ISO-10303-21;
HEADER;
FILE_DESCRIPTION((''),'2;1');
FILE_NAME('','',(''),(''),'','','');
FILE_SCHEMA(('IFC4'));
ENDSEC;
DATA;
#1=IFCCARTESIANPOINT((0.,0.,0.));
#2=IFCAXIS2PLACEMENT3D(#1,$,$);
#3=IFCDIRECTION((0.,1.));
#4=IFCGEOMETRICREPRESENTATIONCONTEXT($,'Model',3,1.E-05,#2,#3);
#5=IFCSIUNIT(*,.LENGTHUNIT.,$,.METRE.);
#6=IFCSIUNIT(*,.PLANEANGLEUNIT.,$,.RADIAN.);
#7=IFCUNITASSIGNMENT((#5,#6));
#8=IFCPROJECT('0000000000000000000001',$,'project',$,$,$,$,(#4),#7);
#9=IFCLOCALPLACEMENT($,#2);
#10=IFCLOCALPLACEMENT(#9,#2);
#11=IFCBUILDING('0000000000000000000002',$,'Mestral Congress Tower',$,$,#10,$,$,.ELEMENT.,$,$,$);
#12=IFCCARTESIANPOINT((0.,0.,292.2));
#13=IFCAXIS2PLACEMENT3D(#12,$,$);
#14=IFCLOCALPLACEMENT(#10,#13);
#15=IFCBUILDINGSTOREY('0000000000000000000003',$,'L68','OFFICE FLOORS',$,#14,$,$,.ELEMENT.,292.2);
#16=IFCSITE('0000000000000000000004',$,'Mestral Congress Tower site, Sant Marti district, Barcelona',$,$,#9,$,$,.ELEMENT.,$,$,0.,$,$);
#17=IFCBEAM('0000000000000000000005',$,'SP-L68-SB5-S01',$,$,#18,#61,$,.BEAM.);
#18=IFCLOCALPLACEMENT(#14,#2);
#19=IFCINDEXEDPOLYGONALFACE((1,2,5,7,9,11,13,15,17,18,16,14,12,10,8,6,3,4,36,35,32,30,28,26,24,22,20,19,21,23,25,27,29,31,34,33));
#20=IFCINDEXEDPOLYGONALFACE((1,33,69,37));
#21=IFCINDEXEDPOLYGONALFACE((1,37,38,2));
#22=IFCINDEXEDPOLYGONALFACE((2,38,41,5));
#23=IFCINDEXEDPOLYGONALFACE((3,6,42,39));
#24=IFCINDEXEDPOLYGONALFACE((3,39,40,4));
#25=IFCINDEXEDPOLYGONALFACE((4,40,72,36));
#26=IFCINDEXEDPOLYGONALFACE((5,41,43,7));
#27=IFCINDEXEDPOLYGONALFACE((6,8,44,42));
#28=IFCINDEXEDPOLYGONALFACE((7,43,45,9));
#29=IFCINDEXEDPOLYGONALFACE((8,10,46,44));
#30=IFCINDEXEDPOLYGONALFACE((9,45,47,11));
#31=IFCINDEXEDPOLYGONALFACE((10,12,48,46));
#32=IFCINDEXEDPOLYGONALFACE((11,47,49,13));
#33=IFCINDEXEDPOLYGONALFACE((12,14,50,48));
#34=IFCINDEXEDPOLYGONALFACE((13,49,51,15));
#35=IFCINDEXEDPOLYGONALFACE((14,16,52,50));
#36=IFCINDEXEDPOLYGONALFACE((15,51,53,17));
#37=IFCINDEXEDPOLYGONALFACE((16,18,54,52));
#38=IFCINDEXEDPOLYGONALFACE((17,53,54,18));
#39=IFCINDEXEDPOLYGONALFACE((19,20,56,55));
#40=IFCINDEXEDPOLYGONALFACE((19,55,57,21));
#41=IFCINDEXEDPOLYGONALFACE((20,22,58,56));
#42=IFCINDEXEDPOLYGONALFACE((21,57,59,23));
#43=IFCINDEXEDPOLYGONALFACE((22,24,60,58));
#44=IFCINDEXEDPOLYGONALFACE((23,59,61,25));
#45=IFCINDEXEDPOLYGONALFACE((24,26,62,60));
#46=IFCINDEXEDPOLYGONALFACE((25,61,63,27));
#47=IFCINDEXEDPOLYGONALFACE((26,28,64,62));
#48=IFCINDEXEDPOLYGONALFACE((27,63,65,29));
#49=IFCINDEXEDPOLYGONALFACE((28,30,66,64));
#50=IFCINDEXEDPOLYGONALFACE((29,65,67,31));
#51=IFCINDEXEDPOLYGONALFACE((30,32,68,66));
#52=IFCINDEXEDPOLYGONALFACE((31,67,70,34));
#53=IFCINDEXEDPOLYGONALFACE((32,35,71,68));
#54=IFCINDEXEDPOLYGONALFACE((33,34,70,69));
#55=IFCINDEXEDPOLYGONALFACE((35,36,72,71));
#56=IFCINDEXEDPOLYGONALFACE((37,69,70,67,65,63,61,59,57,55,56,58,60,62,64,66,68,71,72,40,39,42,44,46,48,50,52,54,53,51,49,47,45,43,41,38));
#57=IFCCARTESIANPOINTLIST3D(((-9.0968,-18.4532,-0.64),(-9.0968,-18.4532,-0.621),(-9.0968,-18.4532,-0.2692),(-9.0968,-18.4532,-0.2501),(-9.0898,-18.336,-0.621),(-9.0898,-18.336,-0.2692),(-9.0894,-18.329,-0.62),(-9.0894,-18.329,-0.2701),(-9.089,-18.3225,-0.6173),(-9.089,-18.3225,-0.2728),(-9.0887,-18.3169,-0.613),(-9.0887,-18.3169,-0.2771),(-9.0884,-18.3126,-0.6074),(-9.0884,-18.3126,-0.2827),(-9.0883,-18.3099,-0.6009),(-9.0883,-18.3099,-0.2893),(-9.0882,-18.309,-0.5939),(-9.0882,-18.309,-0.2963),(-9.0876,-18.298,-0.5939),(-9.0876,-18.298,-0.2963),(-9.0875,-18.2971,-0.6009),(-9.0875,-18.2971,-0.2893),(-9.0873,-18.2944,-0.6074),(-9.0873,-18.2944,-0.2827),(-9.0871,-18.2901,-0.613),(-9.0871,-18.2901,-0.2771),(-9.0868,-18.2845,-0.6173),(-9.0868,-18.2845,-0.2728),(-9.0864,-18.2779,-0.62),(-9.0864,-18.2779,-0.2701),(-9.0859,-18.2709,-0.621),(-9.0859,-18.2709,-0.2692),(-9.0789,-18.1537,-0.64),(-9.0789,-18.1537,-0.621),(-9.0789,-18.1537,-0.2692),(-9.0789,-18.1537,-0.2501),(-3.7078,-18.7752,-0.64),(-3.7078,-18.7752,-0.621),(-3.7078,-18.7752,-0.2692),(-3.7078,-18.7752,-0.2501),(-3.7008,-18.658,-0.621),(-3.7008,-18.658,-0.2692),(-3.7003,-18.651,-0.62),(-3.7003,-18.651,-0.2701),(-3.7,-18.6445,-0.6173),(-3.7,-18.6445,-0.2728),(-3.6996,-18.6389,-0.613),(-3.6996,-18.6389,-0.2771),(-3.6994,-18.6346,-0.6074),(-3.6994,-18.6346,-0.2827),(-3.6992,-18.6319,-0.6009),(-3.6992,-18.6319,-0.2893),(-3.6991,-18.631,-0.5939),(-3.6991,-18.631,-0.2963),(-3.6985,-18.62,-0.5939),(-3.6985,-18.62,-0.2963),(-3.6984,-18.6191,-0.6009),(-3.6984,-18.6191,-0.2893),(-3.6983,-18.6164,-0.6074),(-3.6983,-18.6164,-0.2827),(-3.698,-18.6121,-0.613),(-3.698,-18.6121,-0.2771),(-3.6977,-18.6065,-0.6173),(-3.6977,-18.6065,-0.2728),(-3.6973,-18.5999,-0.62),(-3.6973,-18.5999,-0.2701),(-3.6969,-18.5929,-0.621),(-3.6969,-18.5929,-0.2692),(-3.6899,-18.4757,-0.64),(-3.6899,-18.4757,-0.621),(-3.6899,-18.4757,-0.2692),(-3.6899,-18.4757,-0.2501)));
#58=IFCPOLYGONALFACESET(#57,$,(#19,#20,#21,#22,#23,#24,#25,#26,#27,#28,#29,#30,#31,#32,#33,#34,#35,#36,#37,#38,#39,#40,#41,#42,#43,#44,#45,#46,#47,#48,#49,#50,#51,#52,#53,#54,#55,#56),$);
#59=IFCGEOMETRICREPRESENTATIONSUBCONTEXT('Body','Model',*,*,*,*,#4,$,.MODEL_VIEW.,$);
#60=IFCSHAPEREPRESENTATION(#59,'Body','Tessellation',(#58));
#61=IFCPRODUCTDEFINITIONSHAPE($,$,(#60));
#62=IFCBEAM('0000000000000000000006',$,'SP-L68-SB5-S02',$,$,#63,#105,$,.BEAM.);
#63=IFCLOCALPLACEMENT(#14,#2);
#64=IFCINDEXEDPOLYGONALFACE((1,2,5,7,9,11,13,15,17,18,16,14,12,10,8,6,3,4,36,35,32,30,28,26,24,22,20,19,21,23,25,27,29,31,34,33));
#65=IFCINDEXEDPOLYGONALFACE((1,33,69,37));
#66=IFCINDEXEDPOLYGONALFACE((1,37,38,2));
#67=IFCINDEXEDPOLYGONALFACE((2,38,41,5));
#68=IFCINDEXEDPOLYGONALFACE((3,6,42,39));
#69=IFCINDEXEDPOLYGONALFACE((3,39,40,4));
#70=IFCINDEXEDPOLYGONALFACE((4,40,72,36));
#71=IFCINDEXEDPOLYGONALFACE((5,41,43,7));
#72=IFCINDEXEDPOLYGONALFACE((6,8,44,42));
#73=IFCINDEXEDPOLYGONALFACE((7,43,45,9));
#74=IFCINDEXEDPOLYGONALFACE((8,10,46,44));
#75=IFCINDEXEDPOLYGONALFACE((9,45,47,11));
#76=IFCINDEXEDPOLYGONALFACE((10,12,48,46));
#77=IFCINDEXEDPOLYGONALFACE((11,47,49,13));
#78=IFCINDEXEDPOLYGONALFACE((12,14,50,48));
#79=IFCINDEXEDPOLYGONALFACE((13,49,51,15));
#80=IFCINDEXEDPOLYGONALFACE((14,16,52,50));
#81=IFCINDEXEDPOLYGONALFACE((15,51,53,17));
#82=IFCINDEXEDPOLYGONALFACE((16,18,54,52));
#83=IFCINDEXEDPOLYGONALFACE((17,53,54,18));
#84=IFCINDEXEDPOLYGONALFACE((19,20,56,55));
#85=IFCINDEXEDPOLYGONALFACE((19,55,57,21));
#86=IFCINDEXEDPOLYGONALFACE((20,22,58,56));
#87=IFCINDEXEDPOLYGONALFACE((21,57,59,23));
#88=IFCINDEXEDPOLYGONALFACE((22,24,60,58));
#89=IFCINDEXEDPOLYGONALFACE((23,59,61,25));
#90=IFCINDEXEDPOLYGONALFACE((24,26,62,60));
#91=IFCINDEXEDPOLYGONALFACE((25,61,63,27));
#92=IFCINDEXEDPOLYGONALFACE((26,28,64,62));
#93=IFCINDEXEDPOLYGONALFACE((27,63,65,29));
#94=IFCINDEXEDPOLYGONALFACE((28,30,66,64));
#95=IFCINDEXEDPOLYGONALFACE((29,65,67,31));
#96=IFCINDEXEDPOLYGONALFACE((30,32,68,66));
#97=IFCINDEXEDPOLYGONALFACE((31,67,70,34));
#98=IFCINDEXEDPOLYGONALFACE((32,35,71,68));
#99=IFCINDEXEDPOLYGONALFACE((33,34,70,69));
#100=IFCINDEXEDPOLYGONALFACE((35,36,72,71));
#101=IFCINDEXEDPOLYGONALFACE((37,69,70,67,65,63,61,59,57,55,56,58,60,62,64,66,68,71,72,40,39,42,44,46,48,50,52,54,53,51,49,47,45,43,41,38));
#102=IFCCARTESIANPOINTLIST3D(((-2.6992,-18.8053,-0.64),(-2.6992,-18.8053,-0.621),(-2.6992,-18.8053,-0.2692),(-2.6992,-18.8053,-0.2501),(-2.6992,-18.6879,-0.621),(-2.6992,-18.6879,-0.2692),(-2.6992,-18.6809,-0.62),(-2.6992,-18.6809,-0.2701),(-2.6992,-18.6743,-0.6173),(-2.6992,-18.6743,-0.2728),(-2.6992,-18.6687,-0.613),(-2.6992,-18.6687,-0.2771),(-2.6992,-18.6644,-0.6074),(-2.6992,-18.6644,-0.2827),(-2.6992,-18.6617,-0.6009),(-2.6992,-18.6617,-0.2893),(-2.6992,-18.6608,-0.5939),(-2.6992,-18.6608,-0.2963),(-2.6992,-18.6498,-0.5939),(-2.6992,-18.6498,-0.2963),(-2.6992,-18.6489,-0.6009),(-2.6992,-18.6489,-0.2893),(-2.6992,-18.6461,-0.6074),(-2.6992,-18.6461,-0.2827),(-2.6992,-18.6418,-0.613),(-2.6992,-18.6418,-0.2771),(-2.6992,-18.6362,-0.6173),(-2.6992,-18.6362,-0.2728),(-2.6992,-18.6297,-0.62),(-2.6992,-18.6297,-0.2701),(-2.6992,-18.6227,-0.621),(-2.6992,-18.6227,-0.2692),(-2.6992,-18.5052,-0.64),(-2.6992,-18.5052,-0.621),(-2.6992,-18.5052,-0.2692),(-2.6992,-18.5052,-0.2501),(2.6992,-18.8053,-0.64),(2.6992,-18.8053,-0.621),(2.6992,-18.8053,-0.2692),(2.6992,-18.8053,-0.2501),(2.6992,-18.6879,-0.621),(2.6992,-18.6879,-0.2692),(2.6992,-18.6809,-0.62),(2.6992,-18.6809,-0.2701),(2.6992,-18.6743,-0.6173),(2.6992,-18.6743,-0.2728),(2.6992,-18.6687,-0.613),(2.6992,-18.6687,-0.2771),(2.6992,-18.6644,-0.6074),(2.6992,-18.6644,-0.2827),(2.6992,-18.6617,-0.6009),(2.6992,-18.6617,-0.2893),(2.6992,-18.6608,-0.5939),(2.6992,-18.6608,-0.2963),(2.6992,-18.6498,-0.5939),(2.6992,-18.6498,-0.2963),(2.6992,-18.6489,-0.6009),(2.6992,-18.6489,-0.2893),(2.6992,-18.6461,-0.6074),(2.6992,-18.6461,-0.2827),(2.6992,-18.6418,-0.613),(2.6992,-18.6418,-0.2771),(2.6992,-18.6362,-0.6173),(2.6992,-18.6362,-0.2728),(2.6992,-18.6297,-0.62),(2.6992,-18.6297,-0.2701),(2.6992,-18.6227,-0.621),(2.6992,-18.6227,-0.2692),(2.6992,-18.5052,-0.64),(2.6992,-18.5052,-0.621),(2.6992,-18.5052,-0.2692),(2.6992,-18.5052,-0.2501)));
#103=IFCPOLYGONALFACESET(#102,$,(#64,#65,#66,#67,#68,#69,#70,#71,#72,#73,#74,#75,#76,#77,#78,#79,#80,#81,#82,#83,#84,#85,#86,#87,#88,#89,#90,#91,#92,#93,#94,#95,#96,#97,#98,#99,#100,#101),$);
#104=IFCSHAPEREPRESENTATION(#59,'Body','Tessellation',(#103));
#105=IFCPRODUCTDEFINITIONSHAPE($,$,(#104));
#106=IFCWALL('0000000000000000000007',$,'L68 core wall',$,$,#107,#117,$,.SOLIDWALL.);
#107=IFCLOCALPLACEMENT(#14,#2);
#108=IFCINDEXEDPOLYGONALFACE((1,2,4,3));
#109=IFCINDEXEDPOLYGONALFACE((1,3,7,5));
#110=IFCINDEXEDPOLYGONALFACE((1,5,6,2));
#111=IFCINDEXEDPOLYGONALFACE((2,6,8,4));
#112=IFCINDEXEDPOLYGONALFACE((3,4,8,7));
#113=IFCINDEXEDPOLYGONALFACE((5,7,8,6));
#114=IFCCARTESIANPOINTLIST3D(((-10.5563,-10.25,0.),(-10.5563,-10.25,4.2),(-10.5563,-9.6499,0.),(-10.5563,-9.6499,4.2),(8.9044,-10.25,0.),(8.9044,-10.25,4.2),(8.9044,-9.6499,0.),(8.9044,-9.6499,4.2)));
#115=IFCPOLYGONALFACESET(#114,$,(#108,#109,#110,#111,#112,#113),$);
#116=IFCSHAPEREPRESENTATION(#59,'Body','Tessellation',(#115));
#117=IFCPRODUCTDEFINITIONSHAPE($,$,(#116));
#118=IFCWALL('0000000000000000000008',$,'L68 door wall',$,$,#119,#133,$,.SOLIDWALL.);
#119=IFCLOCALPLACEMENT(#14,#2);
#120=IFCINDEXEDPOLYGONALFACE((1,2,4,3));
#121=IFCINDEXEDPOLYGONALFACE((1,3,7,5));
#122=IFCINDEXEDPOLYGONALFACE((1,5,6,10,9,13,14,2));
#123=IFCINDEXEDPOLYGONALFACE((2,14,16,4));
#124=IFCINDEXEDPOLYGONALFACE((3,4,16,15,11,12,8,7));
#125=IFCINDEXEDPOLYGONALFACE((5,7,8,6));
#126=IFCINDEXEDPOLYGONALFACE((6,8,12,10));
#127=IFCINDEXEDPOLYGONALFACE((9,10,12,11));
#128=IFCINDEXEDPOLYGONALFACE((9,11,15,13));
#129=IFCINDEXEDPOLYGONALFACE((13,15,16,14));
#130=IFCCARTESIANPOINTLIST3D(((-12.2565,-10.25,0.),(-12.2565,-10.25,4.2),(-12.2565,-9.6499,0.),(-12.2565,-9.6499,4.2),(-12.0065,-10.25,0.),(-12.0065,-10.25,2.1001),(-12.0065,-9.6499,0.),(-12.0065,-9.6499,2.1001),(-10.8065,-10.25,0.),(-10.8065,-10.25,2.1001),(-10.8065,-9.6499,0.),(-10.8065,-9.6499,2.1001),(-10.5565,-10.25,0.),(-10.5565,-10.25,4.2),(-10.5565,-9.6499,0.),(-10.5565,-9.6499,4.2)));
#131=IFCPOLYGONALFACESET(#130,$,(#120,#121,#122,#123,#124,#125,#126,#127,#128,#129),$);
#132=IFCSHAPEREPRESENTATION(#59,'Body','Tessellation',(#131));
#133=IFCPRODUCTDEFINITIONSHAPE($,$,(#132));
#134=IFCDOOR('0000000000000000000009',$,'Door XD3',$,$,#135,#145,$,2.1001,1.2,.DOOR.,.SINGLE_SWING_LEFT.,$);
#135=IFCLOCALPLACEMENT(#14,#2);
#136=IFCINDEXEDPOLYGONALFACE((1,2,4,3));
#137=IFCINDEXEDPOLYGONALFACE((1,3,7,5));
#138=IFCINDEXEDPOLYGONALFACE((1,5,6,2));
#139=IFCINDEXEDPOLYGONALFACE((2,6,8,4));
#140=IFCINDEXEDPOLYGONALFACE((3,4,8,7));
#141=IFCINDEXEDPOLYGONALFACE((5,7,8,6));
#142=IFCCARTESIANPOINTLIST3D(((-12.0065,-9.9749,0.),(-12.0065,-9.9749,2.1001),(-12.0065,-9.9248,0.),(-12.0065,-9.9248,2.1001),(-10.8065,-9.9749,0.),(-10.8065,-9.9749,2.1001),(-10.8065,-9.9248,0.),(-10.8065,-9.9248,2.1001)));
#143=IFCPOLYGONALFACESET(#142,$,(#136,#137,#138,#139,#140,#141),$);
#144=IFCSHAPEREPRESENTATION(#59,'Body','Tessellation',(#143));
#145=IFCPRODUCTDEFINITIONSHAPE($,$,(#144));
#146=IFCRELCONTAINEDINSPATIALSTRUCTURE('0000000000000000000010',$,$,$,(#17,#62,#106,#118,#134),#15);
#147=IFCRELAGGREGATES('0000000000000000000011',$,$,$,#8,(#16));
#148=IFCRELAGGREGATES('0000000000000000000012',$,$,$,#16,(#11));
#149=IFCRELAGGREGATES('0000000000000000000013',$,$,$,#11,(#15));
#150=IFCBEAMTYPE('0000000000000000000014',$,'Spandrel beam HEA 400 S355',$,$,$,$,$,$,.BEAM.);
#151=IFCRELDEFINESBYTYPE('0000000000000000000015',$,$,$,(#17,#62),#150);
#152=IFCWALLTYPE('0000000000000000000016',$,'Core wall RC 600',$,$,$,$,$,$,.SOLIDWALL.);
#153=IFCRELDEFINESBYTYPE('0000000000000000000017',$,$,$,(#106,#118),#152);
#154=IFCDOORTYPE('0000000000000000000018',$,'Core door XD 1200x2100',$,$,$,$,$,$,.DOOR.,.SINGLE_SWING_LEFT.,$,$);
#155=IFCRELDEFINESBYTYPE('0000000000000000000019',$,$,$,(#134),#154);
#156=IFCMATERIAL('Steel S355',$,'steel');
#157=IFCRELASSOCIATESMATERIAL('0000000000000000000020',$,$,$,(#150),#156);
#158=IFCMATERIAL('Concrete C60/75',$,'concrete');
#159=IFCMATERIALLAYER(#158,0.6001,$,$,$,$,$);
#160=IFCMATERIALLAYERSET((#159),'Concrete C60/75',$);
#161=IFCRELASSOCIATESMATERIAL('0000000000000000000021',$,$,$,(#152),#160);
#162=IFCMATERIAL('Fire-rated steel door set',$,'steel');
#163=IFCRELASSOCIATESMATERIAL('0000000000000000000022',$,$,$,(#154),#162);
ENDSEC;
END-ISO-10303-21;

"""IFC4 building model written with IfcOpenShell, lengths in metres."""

from ifc_helpers import new_model, si_unit, direction, frame, frame_2d, origin, origin_2d, place, context, subcontext, project, spatial, rectangle, i_section, extrude, material, layer, layer_set, material_profile, profile_set, type_object, element, fill, save


model = new_model("IFC4")

# Units and contexts
model_context = context("Model", 3, precision=1e-05, world=origin(), true_north=direction((0.0, 1.0)))
body_context = subcontext(model_context, "Body", "Model", "MODEL_VIEW")
ifc_project = project(units=[si_unit("LENGTHUNIT", "METRE"), si_unit("PLANEANGLEUNIT", "RADIAN")], contexts=[model_context])

# Site, building, storey
site_placement = place(None, origin())
site = spatial("IfcSite", under=ifc_project, at=site_placement, Name="Mestral Congress Tower site, Sant Marti district, Barcelona", CompositionType="ELEMENT", RefElevation=0.0)
building_placement = place(site_placement, origin())
building = spatial("IfcBuilding", under=site, at=building_placement, Name="Mestral Congress Tower", CompositionType="ELEMENT")
storey_placement = place(building_placement, frame((0.0, 0.0, 292.2)))
storey = spatial("IfcBuildingStorey", under=building, at=storey_placement, Name="L68", Description="OFFICE FLOORS", CompositionType="ELEMENT", Elevation=292.2)

# Shared definitions
ifc_material_1 = material(Name="Concrete C60/75", Category="concrete")

# Beams
ifc_material_2 = material(Name="Steel S355", Category="steel")
ifc_material_profile_1 = material_profile(ifc_material_2, i_section(OverallWidth=0.3, OverallDepth=0.3899, WebThickness=0.011, FlangeThickness=0.019, FilletRadius=0.0271, at=origin_2d()), Name="HEA 400")
ifc_profile_set_1 = profile_set([ifc_material_profile_1], Name="Steel S355")
beam_type_1 = type_object("IfcBeamType", Name="Spandrel beam HEA 400 S355", PredefinedType="BEAM", material=ifc_profile_set_1)
beam_1_placement = place(storey_placement, frame((-9.0879, -18.3035, -0.4451), z_axis=(0.99822, -0.059647, 0.0), x_axis=(0.059647, 0.99822, 0.0)))
element("IfcBeam", 1, at=beam_1_placement, inside=storey, type_object=beam_type_1, Name="SP-L68-SB5-S01", PredefinedType="BEAM", context=body_context, shape_type="SweptSolid", body=[
    extrude(i_section(OverallWidth=0.3, OverallDepth=0.3899, WebThickness=0.011, FlangeThickness=0.019, FilletRadius=0.0271, at=origin_2d()), origin(), (0.0, 0.0, 1.0), 5.3987),
])
beam_2_placement = place(storey_placement, frame((-2.6992, -18.6553, -0.4451), z_axis=(1.0, 0.0, 0.0), x_axis=(0.0, 1.0, 0.0)))
element("IfcBeam", 2, at=beam_2_placement, inside=storey, type_object=beam_type_1, Name="SP-L68-SB5-S02", PredefinedType="BEAM", context=body_context, shape_type="SweptSolid", body=[
    extrude(i_section(OverallWidth=0.3, OverallDepth=0.3899, WebThickness=0.011, FlangeThickness=0.019, FilletRadius=0.0271, at=origin_2d()), origin(), (0.0, 0.0, 1.0), 5.3984),
])

# Wall
ifc_layer_1 = layer(ifc_material_1, 0.6001)
ifc_layer_set_1 = layer_set([ifc_layer_1], Name="Concrete C60/75")
wall_type_1 = type_object("IfcWallType", Name="Core wall RC 600", PredefinedType="SOLIDWALL", material=ifc_layer_set_1)
wall_1_placement = place(storey_placement, frame((-10.5564, -9.95, 0.0), z_axis=(0.0, 0.0, 1.0), x_axis=(1.0, 0.0, 0.0)))
element("IfcWall", 3, at=wall_1_placement, inside=storey, type_object=wall_type_1, Name="L68 core wall", PredefinedType="SOLIDWALL", context=body_context, shape_type="SweptSolid", body=[
    extrude(rectangle(XDim=19.4607, YDim=0.6001, at=frame_2d((9.7305, 0.0))), origin(), (0.0, 0.0, 1.0), 4.2),
])

# Wall, opening, door
wall_2_placement = place(storey_placement, frame((-10.5564, -9.95, 0.0), z_axis=(0.0, 0.0, 1.0), x_axis=(-1.0, 0.0, 0.0)))
wall_2 = element("IfcWall", 4, at=wall_2_placement, inside=storey, type_object=wall_type_1, Name="L68 door wall", PredefinedType="SOLIDWALL", context=body_context, shape_type="SweptSolid", body=[
    extrude(rectangle(XDim=1.7, YDim=0.6001, at=frame_2d((0.8501, 0.0))), origin(), (0.0, 0.0, 1.0), 4.2),
])
opening_1_placement = place(wall_2_placement, frame((0.25, 0.0, 0.0)))
opening_1 = element("IfcOpeningElement", 5, at=opening_1_placement, cuts=wall_2, PredefinedType="OPENING", context=body_context, shape_type="SweptSolid", body=[
    extrude(rectangle(XDim=1.2, YDim=2.1001, at=frame_2d((0.6001, 1.05))), frame((0.0, 0.3101, 0.0), z_axis=(0.0, -1.0, 0.0), x_axis=(1.0, 0.0, 0.0)), (0.0, 0.0, 1.0), 0.6201),
])
ifc_material_3 = material(Name="Fire-rated steel door set", Category="steel")
door_type_1 = type_object("IfcDoorType", Name="Core door XD 1200x2100", OperationType="SINGLE_SWING_LEFT", PredefinedType="DOOR", material=ifc_material_3)
door_1_placement = place(opening_1_placement, origin())
door_1 = element("IfcDoor", 6, at=door_1_placement, inside=storey, type_object=door_type_1, Name="Door XD3", OperationType="SINGLE_SWING_LEFT", OverallHeight=2.1001, OverallWidth=1.2, PredefinedType="DOOR", context=body_context, shape_type="SweptSolid", body=[
    extrude(rectangle(XDim=1.2, YDim=2.1001, at=frame_2d((0.6001, 1.05))), frame((0.0, 0.0249, 0.0), z_axis=(0.0, -1.0, 0.0), x_axis=(1.0, 0.0, 0.0)), (0.0, 0.0, 1.0), 0.05),
])
fill(opening_1, door_1)

save(model, "model.ifc")
